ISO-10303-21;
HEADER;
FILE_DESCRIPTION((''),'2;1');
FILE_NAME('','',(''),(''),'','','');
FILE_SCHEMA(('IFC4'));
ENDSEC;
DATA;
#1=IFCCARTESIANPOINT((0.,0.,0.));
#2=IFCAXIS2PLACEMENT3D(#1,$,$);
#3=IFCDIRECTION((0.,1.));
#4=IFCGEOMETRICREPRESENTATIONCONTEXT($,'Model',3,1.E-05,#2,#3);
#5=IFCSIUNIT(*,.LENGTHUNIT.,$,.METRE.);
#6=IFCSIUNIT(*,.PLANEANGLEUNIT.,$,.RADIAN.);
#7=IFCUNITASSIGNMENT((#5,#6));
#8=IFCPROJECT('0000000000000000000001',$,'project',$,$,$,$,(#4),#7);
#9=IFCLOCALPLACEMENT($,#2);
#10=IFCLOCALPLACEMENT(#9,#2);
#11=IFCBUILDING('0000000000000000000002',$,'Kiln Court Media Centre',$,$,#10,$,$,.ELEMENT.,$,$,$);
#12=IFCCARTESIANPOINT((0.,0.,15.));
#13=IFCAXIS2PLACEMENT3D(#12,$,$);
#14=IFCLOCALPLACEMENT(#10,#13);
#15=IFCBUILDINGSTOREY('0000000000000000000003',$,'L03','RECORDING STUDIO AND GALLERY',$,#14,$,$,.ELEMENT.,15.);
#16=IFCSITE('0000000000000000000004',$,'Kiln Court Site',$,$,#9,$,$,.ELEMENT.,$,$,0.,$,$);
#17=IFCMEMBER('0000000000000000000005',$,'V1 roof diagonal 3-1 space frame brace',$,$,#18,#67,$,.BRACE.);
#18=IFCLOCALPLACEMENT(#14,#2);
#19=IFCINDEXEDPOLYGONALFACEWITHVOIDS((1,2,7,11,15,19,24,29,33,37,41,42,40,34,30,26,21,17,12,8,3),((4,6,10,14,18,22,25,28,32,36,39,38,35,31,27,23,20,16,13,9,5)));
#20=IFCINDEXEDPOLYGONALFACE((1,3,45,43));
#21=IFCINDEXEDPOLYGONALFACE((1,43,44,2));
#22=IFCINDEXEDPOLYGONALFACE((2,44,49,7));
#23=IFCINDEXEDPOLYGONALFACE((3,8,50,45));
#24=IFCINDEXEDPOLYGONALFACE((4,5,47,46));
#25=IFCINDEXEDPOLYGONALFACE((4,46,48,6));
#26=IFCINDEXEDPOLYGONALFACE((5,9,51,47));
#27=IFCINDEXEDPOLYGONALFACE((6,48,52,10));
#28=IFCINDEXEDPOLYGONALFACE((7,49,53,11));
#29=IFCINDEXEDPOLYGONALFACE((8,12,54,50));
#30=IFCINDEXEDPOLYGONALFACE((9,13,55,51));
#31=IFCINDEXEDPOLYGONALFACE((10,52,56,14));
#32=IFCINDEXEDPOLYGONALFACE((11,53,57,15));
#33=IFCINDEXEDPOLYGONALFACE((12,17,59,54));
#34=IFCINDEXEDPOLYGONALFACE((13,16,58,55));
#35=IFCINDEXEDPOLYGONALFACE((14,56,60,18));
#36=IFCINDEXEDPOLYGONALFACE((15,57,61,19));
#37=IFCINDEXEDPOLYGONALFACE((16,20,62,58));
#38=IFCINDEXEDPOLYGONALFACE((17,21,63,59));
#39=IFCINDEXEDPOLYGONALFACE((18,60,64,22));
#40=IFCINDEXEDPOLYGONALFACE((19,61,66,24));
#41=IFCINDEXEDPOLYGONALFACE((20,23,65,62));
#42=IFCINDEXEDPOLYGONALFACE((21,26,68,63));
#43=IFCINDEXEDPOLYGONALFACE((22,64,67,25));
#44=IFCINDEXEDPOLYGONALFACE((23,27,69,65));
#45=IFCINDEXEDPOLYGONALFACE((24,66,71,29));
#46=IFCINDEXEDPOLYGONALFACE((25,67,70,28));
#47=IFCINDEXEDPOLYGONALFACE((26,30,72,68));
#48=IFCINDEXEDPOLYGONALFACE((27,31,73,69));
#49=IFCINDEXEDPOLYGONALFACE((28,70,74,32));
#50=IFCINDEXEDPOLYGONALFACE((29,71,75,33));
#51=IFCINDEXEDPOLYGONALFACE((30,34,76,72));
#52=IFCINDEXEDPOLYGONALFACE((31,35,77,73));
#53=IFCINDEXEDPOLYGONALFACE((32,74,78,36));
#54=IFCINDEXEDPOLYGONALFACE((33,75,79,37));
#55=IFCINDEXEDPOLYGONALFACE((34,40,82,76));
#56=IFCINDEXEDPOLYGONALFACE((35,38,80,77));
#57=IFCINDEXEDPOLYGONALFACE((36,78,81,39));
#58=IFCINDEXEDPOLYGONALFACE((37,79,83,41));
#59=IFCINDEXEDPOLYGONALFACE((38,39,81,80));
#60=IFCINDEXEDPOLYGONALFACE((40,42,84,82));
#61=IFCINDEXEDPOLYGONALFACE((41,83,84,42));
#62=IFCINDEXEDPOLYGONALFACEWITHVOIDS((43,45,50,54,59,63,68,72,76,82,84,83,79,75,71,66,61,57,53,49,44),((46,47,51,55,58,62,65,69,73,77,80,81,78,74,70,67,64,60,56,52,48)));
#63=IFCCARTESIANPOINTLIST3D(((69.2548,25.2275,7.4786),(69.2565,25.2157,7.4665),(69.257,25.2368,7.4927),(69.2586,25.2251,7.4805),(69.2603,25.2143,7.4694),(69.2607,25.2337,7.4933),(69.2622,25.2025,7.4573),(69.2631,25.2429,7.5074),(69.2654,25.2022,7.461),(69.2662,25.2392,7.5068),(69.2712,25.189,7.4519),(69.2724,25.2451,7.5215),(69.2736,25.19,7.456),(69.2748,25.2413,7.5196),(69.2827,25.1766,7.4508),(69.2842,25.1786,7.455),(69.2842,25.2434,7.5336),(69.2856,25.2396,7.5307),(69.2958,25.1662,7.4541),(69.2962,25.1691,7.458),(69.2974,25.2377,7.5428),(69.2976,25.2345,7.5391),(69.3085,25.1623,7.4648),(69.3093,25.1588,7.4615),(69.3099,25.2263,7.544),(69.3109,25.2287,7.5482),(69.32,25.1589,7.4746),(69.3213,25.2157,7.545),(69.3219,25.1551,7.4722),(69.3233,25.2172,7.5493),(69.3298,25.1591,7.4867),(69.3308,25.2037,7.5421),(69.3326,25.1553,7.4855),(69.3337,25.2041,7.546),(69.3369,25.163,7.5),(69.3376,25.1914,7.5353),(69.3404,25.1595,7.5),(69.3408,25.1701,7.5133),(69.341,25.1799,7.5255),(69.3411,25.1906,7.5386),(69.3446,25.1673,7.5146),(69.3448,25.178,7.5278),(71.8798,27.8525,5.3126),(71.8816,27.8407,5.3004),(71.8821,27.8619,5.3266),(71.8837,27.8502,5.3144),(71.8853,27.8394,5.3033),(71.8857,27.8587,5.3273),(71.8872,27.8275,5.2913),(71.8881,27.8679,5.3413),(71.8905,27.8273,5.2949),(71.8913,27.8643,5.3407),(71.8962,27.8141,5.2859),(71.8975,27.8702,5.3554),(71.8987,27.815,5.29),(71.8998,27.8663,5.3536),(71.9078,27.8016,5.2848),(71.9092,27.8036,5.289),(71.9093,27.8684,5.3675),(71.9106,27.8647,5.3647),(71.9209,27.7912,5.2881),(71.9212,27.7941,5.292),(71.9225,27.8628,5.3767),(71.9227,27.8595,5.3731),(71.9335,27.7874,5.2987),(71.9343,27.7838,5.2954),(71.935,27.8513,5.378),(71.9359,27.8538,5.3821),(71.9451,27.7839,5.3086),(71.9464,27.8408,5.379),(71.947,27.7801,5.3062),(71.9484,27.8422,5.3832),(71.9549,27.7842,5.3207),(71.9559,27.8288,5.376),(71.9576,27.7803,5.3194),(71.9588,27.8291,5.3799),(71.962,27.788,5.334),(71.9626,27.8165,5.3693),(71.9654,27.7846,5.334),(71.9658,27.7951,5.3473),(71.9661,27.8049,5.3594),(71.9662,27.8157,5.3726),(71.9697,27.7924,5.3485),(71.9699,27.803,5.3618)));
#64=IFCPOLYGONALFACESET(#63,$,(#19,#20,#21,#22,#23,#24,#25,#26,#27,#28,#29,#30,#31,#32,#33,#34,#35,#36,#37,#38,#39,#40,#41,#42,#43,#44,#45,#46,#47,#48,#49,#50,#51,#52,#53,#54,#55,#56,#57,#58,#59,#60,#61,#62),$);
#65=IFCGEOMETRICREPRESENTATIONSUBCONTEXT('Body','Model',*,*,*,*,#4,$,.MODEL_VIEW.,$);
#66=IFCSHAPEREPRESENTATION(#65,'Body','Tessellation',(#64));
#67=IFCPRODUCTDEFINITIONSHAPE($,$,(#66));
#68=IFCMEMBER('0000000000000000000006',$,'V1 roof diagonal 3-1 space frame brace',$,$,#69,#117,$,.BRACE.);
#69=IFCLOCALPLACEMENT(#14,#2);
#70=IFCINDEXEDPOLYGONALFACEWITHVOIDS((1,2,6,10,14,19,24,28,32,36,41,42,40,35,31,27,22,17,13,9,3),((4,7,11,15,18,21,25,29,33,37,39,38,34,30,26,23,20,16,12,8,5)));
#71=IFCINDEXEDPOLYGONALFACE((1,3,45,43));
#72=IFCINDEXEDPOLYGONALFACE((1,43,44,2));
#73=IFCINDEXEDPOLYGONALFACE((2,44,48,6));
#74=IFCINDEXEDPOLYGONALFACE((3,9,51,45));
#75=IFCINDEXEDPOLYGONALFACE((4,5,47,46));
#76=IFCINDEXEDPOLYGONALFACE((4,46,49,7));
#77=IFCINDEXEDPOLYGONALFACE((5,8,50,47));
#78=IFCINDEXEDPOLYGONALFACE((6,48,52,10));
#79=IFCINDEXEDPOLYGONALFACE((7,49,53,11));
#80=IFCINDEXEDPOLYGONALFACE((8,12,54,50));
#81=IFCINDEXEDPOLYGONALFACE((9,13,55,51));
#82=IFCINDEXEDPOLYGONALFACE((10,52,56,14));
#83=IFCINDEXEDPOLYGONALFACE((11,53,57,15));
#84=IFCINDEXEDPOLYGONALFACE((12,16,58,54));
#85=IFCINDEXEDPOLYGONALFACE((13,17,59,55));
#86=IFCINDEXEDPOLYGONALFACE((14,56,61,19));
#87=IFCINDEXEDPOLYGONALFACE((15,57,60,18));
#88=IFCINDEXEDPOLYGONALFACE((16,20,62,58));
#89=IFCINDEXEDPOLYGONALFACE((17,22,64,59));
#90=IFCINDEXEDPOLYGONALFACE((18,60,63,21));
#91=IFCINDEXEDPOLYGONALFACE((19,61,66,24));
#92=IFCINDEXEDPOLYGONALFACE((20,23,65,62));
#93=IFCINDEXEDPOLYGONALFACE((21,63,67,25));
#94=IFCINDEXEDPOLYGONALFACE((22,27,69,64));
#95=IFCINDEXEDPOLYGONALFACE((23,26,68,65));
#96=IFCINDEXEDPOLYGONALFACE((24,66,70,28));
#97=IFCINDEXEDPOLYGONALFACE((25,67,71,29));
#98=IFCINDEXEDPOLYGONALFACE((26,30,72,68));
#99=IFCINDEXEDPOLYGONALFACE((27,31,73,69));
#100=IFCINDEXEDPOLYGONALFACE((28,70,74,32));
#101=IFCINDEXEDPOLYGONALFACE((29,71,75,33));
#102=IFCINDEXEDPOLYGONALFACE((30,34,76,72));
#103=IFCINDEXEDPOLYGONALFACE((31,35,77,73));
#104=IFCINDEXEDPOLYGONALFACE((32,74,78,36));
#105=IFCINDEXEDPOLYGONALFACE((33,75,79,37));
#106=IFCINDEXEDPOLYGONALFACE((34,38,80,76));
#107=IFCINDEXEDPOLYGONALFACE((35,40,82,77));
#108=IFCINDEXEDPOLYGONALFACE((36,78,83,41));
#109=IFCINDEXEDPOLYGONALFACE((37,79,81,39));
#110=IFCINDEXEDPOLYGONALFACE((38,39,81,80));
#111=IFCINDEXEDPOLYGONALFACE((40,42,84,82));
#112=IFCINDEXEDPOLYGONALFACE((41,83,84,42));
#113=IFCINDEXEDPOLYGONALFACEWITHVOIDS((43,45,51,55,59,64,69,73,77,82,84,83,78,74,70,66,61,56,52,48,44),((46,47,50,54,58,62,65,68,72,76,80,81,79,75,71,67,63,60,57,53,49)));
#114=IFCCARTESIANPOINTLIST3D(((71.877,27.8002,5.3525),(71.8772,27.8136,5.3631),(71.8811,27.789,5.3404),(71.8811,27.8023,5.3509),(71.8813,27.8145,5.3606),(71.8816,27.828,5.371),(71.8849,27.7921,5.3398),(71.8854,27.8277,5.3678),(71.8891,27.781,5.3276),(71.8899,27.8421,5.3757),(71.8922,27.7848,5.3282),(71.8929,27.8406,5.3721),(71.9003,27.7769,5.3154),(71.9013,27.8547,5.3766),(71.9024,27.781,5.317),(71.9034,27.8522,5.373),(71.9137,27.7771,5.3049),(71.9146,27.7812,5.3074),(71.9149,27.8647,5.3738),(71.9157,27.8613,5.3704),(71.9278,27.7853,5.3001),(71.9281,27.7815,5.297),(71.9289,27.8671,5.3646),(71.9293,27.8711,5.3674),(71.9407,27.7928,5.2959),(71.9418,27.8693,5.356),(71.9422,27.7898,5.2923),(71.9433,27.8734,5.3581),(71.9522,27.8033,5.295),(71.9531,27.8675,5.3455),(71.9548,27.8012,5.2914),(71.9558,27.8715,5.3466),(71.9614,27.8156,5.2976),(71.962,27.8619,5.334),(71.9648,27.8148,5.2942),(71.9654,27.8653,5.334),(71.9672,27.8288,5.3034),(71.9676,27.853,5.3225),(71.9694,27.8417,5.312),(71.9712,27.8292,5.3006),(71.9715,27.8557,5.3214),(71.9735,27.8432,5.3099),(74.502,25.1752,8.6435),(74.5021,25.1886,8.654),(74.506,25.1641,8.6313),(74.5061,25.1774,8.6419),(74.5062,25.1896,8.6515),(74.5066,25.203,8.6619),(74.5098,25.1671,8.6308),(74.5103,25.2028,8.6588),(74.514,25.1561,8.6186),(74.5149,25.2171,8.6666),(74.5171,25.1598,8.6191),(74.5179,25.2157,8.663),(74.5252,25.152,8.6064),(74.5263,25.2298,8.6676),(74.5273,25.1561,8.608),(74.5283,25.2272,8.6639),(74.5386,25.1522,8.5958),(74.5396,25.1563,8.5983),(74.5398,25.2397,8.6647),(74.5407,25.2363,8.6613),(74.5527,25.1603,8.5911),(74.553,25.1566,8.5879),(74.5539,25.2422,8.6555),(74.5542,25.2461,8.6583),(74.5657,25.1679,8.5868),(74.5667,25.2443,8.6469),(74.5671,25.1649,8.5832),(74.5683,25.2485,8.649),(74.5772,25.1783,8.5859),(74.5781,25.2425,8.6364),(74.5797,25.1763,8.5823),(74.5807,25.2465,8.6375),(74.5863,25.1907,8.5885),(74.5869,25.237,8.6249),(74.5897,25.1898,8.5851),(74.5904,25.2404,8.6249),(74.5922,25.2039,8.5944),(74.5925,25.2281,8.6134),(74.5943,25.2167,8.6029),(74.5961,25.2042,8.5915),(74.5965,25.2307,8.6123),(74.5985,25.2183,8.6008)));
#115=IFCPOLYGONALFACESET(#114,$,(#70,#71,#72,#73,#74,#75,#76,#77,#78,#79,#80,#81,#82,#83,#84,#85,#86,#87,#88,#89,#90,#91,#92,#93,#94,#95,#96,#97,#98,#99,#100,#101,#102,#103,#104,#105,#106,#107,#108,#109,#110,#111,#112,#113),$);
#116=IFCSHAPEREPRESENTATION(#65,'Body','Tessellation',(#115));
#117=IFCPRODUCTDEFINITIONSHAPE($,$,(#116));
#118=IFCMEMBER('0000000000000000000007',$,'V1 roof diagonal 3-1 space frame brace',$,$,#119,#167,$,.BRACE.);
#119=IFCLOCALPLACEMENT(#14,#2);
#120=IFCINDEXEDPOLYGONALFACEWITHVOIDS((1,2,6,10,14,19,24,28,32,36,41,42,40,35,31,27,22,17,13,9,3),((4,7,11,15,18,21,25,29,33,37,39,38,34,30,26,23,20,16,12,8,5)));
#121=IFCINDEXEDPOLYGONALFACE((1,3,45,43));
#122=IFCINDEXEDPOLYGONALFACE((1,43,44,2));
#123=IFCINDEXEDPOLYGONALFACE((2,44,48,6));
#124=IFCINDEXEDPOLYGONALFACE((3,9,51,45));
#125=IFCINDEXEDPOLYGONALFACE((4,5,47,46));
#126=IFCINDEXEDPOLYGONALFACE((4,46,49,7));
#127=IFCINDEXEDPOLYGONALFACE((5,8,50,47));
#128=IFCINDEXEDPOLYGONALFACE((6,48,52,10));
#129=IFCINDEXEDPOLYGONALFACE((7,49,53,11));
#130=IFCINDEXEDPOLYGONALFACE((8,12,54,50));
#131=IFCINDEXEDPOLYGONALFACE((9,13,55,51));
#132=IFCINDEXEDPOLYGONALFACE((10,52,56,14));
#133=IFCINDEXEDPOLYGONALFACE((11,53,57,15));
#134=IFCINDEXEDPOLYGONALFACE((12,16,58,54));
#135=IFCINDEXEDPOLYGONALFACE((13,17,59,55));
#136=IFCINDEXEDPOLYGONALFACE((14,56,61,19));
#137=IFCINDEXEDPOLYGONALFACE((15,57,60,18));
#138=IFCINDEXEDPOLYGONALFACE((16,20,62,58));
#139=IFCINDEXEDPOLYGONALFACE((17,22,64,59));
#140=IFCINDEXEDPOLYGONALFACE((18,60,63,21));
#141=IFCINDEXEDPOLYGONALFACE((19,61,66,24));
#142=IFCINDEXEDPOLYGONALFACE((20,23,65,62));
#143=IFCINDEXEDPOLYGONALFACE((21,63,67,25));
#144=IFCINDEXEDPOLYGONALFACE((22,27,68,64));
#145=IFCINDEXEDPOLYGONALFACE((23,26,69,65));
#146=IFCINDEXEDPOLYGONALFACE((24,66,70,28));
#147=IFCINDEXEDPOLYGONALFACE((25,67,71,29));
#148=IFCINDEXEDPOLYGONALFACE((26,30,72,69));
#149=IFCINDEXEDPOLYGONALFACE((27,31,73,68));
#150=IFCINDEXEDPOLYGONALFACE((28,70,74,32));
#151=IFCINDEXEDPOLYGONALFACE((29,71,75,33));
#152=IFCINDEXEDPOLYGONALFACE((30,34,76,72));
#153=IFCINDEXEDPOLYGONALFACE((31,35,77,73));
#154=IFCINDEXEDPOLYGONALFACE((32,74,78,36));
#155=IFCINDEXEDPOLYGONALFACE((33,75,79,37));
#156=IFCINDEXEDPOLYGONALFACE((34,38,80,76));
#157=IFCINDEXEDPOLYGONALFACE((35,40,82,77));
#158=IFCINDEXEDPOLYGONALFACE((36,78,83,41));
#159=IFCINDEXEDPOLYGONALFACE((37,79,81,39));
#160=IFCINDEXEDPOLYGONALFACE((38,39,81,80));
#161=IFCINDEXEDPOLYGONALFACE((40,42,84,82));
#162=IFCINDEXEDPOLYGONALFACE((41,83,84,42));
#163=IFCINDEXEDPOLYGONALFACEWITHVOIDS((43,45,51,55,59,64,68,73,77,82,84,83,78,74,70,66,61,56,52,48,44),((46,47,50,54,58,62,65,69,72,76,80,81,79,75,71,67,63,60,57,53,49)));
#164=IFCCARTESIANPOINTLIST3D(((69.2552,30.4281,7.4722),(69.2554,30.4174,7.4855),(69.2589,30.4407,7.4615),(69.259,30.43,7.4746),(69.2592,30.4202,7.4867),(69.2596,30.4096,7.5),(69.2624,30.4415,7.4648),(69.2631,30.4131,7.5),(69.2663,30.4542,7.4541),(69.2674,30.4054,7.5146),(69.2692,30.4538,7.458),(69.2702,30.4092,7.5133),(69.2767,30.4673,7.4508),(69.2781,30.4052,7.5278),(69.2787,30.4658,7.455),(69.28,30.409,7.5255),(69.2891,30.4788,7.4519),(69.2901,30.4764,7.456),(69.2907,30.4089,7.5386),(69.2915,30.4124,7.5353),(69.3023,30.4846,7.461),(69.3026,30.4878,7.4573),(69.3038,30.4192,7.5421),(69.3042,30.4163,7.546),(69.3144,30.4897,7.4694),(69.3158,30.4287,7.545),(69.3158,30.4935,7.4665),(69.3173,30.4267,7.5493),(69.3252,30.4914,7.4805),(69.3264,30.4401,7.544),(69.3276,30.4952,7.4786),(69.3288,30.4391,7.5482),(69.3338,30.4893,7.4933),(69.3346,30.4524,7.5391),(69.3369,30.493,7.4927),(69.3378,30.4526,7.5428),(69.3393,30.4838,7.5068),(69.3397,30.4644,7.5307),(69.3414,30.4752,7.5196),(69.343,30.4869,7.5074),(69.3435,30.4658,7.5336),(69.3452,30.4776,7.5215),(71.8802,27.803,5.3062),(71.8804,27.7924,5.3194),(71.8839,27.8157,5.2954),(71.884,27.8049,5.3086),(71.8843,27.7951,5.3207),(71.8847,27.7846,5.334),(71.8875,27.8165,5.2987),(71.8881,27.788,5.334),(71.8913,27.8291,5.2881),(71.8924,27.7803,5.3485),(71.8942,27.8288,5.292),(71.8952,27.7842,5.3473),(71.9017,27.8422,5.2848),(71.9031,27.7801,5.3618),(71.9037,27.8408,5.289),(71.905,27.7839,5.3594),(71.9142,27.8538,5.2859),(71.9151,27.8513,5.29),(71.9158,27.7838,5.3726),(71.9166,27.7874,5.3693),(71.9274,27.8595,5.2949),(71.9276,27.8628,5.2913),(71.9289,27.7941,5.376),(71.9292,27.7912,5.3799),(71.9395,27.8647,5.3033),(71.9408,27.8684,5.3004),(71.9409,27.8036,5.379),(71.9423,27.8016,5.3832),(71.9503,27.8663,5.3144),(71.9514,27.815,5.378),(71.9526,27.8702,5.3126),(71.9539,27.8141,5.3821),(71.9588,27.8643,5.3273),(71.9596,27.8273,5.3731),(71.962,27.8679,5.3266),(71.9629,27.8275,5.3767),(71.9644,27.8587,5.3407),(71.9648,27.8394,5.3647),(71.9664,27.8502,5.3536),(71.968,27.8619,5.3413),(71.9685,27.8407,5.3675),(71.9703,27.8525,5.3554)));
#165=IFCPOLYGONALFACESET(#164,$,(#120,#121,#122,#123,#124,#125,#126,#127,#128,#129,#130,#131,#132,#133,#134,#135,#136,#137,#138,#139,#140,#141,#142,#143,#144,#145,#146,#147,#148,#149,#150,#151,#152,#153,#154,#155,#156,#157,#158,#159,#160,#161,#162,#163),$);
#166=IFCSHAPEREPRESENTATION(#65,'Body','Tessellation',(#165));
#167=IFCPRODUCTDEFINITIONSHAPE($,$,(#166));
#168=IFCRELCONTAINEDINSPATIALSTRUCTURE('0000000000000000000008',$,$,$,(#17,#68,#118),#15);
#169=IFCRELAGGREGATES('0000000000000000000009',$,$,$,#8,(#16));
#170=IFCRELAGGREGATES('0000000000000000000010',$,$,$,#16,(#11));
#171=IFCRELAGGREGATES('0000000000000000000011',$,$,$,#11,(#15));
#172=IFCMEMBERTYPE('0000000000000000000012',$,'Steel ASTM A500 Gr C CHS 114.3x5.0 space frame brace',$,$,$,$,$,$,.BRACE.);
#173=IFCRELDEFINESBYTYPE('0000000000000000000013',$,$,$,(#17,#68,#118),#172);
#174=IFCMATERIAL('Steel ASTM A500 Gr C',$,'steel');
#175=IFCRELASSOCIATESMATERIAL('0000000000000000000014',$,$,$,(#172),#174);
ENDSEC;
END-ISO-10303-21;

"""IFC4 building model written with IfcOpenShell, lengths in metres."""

from ifc_helpers import new_model, si_unit, direction, frame, origin, origin_2d, place, context, subcontext, project, spatial, hollow_circle, extrude, material, material_profile, profile_set, type_object, element, save


model = new_model("IFC4")

# Units and contexts
model_context = context("Model", 3, precision=1e-05, world=origin(), true_north=direction((0.0, 1.0)))
body_context = subcontext(model_context, "Body", "Model", "MODEL_VIEW")
ifc_project = project(units=[si_unit("LENGTHUNIT", "METRE"), si_unit("PLANEANGLEUNIT", "RADIAN")], contexts=[model_context])

# Site, building, storey
site_placement = place(None, origin())
site = spatial("IfcSite", under=ifc_project, at=site_placement, Name="Kiln Court Site", CompositionType="ELEMENT", RefElevation=0.0)
building_placement = place(site_placement, origin())
building = spatial("IfcBuilding", under=site, at=building_placement, Name="Kiln Court Media Centre", CompositionType="ELEMENT")
storey_placement = place(building_placement, frame((0.0, 0.0, 15.0)))
storey = spatial("IfcBuildingStorey", under=building, at=storey_placement, Name="L03", Description="RECORDING STUDIO AND GALLERY", CompositionType="ELEMENT", Elevation=15.0)

# Members
ifc_material_1 = material(Name="Steel ASTM A500 Gr C", Category="steel")
ifc_material_profile_1 = material_profile(ifc_material_1, hollow_circle(Radius=0.0571, WallThickness=0.0049, at=origin_2d()), Name="CHS 114.3x5.0")
ifc_profile_set_1 = profile_set([ifc_material_profile_1], Name="Steel ASTM A500 Gr C")
member_type_1 = type_object("IfcMemberType", Name="Steel ASTM A500 Gr C CHS 114.3x5.0 space frame brace", PredefinedType="BRACE", material=ifc_profile_set_1)
member_1_placement = place(storey_placement, frame((71.925, 27.825, 5.334), z_axis=(-0.610748, -0.610748, 0.503958), x_axis=(0.707107, -0.707107, 0.0)))
element("IfcMember", 1, at=member_1_placement, inside=storey, type_object=member_type_1, Name="V1 roof diagonal 3-1 space frame brace", PredefinedType="BRACE", context=body_context, shape_type="SweptSolid", body=[
    extrude(hollow_circle(Radius=0.0571, WallThickness=0.0049, at=origin_2d()), origin(), (0.0, 0.0, 1.0), 4.2981),
])
member_2_placement = place(storey_placement, frame((71.925, 27.825, 5.334), z_axis=(0.529122, -0.529122, 0.663371), x_axis=(0.707107, 0.707107, 0.0)))
element("IfcMember", 2, at=member_2_placement, inside=storey, type_object=member_type_1, Name="V1 roof diagonal 3-1 space frame brace", PredefinedType="BRACE", context=body_context, shape_type="SweptSolid", body=[
    extrude(hollow_circle(Radius=0.0571, WallThickness=0.0049, at=origin_2d()), origin(), (0.0, 0.0, 1.0), 4.9609),
])
member_3_placement = place(storey_placement, frame((71.925, 27.825, 5.334), z_axis=(-0.610748, 0.610748, 0.503958), x_axis=(-0.707107, -0.707107, 0.0)))
element("IfcMember", 3, at=member_3_placement, inside=storey, type_object=member_type_1, Name="V1 roof diagonal 3-1 space frame brace", PredefinedType="BRACE", context=body_context, shape_type="SweptSolid", body=[
    extrude(hollow_circle(Radius=0.0571, WallThickness=0.0049, at=origin_2d()), origin(), (0.0, 0.0, 1.0), 4.2981),
])

save(model, "model.ifc")
